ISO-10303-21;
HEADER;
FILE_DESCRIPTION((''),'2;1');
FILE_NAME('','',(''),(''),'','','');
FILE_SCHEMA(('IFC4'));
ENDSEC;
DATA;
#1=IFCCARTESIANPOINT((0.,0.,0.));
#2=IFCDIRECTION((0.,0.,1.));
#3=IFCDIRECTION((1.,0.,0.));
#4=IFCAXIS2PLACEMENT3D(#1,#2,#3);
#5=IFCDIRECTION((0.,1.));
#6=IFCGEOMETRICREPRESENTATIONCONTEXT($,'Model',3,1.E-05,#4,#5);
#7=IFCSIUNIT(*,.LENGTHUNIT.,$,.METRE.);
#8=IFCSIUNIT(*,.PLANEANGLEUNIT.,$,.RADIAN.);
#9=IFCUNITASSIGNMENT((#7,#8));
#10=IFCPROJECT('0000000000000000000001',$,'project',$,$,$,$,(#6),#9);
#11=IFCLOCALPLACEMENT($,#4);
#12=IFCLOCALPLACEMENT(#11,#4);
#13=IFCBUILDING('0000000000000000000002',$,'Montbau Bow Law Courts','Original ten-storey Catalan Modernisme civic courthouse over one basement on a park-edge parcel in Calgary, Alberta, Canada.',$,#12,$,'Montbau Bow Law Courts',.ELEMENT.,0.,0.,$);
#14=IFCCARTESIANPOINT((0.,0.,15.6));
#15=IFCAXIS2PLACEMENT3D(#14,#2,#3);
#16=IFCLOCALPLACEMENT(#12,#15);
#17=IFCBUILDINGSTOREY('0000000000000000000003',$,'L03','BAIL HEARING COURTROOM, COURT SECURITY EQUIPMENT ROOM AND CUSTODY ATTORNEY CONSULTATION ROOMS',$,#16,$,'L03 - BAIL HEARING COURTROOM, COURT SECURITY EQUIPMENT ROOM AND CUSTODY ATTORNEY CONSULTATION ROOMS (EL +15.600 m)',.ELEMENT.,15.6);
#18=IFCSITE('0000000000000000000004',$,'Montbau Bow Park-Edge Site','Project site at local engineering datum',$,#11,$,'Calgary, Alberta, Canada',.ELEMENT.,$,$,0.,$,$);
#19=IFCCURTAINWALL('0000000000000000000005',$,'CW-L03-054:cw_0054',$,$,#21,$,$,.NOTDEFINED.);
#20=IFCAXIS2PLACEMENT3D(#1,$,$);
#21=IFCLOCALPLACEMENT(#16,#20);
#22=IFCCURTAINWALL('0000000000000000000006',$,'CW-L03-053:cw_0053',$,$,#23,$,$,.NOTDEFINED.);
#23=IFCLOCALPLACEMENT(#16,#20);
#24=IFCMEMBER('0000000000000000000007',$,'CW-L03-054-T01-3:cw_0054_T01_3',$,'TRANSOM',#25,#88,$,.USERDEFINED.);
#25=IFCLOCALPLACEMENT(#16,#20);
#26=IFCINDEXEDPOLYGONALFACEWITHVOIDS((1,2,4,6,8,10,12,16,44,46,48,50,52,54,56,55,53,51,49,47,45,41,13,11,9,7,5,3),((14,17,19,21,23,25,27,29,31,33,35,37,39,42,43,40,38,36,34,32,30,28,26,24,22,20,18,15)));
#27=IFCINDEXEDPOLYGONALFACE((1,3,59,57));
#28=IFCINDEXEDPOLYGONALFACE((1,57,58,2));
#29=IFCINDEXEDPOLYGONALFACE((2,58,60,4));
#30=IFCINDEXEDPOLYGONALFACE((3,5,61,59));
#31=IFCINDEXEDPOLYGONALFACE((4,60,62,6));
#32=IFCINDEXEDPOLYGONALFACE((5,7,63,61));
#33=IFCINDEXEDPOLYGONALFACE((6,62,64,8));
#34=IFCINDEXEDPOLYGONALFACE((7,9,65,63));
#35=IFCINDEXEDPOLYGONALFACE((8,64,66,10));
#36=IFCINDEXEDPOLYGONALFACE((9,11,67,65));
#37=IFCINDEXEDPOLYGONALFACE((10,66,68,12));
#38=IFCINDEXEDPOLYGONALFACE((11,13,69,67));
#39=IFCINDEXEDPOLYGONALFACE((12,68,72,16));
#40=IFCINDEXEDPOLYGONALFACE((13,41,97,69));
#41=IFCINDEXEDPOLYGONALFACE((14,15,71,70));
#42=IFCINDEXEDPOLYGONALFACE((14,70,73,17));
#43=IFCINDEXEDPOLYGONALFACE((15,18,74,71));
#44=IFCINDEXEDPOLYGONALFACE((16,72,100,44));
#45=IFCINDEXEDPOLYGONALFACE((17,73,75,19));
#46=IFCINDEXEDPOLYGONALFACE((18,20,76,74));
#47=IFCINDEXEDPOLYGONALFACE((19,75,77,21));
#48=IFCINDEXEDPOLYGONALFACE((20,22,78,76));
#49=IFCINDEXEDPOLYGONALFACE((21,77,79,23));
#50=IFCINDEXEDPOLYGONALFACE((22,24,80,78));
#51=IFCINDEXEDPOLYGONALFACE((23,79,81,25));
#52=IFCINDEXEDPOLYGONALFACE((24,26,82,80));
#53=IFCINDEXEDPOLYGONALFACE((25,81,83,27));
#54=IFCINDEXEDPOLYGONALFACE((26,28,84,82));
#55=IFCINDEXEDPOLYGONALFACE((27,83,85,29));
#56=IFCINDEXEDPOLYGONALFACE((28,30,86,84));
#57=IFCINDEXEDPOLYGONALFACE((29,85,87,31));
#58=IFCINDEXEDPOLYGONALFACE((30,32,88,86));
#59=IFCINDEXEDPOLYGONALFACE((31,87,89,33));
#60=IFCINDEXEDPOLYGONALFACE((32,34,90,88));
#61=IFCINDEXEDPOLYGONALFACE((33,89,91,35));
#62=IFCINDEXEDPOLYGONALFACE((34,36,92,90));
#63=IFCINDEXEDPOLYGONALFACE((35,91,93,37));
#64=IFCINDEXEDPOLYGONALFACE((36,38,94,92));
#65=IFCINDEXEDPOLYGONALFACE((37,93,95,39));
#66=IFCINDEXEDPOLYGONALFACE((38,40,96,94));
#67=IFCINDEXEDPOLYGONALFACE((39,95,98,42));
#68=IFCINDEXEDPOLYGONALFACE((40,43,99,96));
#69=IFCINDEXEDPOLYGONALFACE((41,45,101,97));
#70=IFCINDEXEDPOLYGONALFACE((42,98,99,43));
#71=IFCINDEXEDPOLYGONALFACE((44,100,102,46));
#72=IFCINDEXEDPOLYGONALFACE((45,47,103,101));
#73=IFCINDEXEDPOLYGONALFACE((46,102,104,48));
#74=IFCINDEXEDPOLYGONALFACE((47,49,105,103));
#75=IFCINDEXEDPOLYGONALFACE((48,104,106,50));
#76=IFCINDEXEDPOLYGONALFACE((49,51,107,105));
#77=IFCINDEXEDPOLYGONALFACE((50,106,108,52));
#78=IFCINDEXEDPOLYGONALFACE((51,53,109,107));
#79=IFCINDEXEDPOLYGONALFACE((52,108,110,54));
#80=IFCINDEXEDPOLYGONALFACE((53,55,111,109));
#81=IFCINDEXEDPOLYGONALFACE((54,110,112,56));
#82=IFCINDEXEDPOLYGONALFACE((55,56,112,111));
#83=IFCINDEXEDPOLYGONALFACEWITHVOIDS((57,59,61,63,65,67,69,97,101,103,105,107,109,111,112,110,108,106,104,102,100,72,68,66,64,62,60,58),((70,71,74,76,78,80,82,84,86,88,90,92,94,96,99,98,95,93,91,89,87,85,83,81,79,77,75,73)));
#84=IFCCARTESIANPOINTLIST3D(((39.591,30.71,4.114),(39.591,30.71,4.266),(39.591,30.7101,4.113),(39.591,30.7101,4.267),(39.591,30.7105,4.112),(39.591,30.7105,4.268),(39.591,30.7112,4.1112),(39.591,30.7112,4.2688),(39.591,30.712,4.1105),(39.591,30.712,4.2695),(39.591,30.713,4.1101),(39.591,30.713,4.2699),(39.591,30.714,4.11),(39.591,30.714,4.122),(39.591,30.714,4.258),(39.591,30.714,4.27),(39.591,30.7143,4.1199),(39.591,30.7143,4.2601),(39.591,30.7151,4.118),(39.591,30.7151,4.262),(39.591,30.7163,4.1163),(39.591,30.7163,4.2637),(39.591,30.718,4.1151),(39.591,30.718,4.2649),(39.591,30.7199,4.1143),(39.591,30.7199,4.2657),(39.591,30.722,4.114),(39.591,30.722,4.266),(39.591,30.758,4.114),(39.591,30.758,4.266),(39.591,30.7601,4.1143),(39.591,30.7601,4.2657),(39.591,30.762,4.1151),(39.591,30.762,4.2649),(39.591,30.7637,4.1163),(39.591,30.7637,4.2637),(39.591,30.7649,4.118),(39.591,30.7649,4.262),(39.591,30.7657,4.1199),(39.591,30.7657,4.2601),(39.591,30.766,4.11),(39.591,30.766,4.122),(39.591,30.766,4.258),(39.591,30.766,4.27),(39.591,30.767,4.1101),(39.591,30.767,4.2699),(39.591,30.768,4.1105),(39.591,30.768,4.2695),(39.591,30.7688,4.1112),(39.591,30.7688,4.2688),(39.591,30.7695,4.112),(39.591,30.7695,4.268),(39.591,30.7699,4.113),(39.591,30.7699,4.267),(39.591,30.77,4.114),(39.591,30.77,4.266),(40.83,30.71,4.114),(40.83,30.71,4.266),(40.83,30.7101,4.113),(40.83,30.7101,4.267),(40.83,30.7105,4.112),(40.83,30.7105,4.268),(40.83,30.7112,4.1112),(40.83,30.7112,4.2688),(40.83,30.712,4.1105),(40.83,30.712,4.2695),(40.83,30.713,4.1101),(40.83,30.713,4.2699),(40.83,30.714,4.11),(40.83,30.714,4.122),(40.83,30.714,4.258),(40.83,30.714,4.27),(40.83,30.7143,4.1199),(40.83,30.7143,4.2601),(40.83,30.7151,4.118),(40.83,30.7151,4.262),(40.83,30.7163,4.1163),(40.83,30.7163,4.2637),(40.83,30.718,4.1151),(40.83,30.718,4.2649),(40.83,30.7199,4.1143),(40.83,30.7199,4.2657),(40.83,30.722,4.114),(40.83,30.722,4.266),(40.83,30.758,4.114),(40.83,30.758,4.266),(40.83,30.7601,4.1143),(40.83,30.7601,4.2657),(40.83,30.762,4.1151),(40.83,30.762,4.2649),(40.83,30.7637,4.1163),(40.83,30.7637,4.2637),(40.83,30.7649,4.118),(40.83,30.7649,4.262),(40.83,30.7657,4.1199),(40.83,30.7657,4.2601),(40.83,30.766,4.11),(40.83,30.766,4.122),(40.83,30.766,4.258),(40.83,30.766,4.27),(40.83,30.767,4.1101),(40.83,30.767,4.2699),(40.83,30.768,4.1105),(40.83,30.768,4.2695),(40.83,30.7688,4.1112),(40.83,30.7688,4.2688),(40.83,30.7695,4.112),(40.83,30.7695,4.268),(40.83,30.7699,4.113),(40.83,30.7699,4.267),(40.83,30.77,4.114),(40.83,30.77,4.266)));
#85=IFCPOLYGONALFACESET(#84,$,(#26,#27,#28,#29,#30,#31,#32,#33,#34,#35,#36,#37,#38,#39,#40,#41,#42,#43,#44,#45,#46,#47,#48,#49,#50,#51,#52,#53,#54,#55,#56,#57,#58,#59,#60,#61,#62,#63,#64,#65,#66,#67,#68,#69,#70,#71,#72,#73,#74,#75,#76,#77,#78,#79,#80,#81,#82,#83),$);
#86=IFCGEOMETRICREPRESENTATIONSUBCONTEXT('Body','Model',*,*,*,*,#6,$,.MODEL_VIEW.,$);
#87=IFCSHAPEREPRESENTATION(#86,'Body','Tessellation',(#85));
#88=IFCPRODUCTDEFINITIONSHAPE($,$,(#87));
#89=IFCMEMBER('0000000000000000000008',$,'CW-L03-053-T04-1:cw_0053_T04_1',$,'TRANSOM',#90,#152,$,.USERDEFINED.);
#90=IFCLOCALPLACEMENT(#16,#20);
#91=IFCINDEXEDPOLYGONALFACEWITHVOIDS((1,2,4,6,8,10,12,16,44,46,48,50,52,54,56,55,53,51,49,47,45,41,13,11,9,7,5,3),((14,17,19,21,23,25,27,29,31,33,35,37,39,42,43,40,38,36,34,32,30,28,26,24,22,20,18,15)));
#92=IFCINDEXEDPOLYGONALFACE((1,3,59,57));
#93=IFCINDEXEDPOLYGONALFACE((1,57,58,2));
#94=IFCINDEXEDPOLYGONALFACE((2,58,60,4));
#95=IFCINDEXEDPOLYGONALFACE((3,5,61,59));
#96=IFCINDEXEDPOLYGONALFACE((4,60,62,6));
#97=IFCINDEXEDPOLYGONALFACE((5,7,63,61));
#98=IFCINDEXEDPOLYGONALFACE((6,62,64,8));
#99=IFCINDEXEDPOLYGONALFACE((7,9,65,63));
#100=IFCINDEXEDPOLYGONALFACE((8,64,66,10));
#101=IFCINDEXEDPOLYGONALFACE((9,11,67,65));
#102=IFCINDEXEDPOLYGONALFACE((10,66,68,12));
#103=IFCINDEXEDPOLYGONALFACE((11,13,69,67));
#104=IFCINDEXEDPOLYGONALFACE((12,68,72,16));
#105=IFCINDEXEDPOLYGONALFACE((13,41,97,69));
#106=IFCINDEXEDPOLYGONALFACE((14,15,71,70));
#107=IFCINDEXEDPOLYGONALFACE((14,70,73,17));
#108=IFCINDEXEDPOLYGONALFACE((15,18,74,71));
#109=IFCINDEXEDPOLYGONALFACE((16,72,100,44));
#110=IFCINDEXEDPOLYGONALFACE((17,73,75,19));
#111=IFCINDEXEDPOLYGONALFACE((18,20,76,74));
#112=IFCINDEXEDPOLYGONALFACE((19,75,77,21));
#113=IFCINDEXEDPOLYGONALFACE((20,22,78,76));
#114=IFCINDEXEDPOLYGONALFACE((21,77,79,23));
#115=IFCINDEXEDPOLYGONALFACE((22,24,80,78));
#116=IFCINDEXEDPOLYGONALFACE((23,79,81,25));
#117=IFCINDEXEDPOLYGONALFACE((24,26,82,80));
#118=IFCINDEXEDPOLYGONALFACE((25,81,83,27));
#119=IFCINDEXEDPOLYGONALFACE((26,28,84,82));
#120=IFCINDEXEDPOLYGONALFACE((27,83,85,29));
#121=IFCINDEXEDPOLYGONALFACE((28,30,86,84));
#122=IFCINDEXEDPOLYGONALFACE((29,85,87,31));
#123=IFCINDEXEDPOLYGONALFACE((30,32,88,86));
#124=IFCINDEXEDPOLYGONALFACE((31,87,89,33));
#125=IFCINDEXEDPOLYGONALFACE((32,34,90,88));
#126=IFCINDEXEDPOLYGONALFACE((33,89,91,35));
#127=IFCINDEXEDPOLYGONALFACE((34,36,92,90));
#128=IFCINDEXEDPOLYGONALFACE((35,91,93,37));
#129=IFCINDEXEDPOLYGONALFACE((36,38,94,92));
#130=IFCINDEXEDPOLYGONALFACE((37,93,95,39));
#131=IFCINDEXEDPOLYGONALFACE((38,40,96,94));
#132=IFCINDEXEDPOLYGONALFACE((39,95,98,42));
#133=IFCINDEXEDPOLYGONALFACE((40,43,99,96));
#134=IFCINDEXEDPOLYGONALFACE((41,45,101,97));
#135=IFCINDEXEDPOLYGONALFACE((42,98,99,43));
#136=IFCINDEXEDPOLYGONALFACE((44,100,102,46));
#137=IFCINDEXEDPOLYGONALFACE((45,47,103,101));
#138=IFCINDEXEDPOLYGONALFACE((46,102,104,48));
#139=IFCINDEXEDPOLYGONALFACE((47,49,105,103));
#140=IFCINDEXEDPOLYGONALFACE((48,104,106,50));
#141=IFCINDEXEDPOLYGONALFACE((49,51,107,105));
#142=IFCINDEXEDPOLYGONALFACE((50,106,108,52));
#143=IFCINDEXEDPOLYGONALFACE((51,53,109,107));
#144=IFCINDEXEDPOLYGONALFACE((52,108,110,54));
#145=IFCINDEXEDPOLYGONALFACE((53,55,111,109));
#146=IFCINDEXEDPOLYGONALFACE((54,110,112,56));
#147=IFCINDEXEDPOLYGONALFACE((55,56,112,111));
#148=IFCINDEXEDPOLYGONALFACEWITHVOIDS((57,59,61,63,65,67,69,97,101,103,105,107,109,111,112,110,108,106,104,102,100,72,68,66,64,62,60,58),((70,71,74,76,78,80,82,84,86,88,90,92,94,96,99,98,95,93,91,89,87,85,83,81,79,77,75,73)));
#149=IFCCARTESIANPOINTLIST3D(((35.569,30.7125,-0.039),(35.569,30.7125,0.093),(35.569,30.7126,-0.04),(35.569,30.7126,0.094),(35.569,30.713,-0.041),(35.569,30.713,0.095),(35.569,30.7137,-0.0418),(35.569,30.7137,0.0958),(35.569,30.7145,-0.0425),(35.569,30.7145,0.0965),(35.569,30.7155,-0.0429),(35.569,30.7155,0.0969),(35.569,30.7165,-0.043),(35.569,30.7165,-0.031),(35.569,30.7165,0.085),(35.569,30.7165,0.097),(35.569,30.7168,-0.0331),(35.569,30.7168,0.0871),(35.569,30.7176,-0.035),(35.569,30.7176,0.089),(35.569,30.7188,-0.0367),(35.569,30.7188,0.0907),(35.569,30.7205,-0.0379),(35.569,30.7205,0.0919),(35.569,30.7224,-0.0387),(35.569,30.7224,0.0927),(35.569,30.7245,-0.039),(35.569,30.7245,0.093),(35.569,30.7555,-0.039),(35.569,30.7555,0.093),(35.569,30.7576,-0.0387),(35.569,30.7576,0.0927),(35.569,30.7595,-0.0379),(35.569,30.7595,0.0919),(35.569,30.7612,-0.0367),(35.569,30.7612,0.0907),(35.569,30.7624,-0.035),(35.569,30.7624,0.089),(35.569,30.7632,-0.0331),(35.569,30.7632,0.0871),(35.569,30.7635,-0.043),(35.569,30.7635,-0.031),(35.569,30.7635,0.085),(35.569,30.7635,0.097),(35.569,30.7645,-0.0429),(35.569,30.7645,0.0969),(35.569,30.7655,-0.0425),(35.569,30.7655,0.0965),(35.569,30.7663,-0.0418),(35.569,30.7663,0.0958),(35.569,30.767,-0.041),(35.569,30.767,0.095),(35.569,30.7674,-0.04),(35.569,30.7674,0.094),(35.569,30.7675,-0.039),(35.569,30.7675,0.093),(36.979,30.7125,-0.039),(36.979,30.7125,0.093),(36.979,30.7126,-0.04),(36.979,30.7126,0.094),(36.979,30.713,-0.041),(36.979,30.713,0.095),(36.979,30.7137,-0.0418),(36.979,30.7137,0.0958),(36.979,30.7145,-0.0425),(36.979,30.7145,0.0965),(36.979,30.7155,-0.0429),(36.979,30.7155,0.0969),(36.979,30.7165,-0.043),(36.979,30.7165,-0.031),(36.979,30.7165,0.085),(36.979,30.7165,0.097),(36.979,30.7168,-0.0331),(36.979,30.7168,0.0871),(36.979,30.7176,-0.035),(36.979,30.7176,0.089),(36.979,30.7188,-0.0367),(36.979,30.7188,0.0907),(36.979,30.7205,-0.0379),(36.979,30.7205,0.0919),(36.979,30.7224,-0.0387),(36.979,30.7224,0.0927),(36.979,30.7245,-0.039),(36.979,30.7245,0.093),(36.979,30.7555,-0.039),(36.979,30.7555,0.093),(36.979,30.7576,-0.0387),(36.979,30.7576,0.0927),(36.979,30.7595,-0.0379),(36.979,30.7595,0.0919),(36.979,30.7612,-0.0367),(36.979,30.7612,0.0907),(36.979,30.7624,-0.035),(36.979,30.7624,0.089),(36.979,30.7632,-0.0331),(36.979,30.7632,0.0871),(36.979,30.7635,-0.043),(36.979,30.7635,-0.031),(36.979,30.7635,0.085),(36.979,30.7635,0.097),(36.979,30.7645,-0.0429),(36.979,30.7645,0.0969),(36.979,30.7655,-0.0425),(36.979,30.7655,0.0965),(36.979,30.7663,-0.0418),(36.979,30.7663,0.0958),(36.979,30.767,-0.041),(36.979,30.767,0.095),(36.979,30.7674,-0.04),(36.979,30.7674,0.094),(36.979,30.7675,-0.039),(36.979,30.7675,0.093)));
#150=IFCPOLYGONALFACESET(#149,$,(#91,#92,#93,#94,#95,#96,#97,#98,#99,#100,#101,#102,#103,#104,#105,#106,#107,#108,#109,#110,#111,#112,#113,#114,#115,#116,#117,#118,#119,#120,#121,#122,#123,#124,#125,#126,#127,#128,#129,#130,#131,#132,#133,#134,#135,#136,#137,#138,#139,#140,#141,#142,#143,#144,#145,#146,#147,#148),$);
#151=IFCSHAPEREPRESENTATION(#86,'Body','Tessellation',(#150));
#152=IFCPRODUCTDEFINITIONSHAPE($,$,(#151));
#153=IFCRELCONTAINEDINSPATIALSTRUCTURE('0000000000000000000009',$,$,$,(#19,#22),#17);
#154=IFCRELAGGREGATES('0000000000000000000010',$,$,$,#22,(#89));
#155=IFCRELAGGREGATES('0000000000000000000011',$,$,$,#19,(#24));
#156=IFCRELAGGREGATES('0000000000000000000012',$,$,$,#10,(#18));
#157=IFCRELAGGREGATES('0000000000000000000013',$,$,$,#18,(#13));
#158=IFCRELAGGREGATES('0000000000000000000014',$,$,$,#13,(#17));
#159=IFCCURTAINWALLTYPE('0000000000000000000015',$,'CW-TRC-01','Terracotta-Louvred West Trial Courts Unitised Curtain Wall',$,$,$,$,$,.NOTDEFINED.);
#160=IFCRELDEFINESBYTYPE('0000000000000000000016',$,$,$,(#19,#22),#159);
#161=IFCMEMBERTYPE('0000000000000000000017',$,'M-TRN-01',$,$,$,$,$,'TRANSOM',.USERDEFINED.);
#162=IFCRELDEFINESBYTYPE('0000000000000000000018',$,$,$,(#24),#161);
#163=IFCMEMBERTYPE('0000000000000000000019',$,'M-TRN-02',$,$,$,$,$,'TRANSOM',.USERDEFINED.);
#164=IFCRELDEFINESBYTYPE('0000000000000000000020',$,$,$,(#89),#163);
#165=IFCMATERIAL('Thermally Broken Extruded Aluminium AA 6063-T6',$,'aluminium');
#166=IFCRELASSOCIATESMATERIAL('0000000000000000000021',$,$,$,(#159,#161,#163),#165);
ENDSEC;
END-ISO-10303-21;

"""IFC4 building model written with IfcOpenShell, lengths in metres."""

from ifc_helpers import new_model, si_unit, direction, frame, origin_with_axes, origin_2d_with_axis, place, context, subcontext, project, spatial, hollow_rectangle, extrude, material, material_profile, profile_set, type_object, element, aggregate, save


model = new_model("IFC4")

# Units and contexts
model_context = context("Model", 3, precision=1e-05, world=origin_with_axes(), true_north=direction((0.0, 1.0)))
body_context = subcontext(model_context, "Body", "Model", "MODEL_VIEW")
ifc_project = project(units=[si_unit("LENGTHUNIT", "METRE"), si_unit("PLANEANGLEUNIT", "RADIAN")], contexts=[model_context])

# Site, building, storey
site_placement = place(None, origin_with_axes())
site = spatial("IfcSite", under=ifc_project, at=site_placement, Name="Montbau Bow Park-Edge Site", Description="Project site at local engineering datum", LongName="Calgary, Alberta, Canada", CompositionType="ELEMENT", RefElevation=0.0)
building_placement = place(site_placement, origin_with_axes())
building = spatial("IfcBuilding", under=site, at=building_placement, Name="Montbau Bow Law Courts", Description="Original ten-storey Catalan Modernisme civic courthouse over one basement on a park-edge parcel in Calgary, Alberta, Canada.", LongName="Montbau Bow Law Courts", CompositionType="ELEMENT", ElevationOfRefHeight=0.0, ElevationOfTerrain=0.0)
storey_placement = place(building_placement, frame((0.0, 0.0, 15.6), z_axis=(0.0, 0.0, 1.0), x_axis=(1.0, 0.0, 0.0)))
storey = spatial("IfcBuildingStorey", under=building, at=storey_placement, Name="L03", Description="BAIL HEARING COURTROOM, COURT SECURITY EQUIPMENT ROOM AND CUSTODY ATTORNEY CONSULTATION ROOMS", LongName="L03 - BAIL HEARING COURTROOM, COURT SECURITY EQUIPMENT ROOM AND CUSTODY ATTORNEY CONSULTATION ROOMS (EL +15.600 m)", CompositionType="ELEMENT", Elevation=15.6)

# Curtain wall
ifc_material_1 = material(Name="Thermally Broken Extruded Aluminium AA 6063-T6", Category="aluminium")
curtain_wall_type = type_object("IfcCurtainWallType", Name="CW-TRC-01", Description="Terracotta-Louvred West Trial Courts Unitised Curtain Wall", PredefinedType="NOTDEFINED", material=ifc_material_1)
curtain_wall_1_placement = place(None, frame((39.515, 30.74, 15.6), z_axis=(0.0, 0.0, 1.0), x_axis=(1.0, 0.0, 0.0)))
curtain_wall_1 = element("IfcCurtainWall", 1, at=curtain_wall_1_placement, inside=storey, type_object=curtain_wall_type, Name="CW-L03-054:cw_0054", PredefinedType="NOTDEFINED")

# Curtain wall
curtain_wall_2_placement = place(None, frame((31.115, 30.74, 15.6), z_axis=(0.0, 0.0, 1.0), x_axis=(1.0, 0.0, 0.0)))
curtain_wall_2 = element("IfcCurtainWall", 2, at=curtain_wall_2_placement, inside=storey, type_object=curtain_wall_type, Name="CW-L03-053:cw_0053", PredefinedType="NOTDEFINED")

# Members
ifc_material_profile_1 = material_profile(ifc_material_1, hollow_rectangle(XDim=0.06, YDim=0.16, WallThickness=0.004, InnerFilletRadius=0.008, OuterFilletRadius=0.004, at=origin_2d_with_axis()), Name="CWT-160X60", Category="Main", Priority=0)
ifc_profile_set_1 = profile_set([ifc_material_profile_1], Name="Thermally Broken Extruded Aluminium AA 6063-T6")
member_type_1 = type_object("IfcMemberType", Name="M-TRN-01", ElementType="TRANSOM", PredefinedType="USERDEFINED", material=ifc_profile_set_1)
member_1_placement = place(None, frame((39.591, 30.74, 19.79), z_axis=(1.0, 0.0, 0.0), x_axis=(0.0, 1.0, 0.0)))
member_1 = element("IfcMember", 3, at=member_1_placement, type_object=member_type_1, Name="CW-L03-054-T01-3:cw_0054_T01_3", ObjectType="TRANSOM", PredefinedType="USERDEFINED", context=body_context, shape_type="SweptSolid", body=[
    extrude(hollow_rectangle(XDim=0.06, YDim=0.16, WallThickness=0.004, InnerFilletRadius=0.008, OuterFilletRadius=0.004, at=origin_2d_with_axis()), origin_with_axes(), (0.0, 0.0, 1.0), 1.239),
])
ifc_material_profile_2 = material_profile(ifc_material_1, hollow_rectangle(XDim=0.055, YDim=0.14, WallThickness=0.004, InnerFilletRadius=0.008, OuterFilletRadius=0.004, at=origin_2d_with_axis()), Name="CWT-140X55", Category="Main", Priority=0)
ifc_profile_set_2 = profile_set([ifc_material_profile_2], Name="Thermally Broken Extruded Aluminium AA 6063-T6")
member_type_2 = type_object("IfcMemberType", Name="M-TRN-02", ElementType="TRANSOM", PredefinedType="USERDEFINED", material=ifc_profile_set_2)
member_2_placement = place(None, frame((35.569, 30.74, 15.627), z_axis=(1.0, 0.0, 0.0), x_axis=(0.0, 1.0, 0.0)))
member_2 = element("IfcMember", 4, at=member_2_placement, type_object=member_type_2, Name="CW-L03-053-T04-1:cw_0053_T04_1", ObjectType="TRANSOM", PredefinedType="USERDEFINED", context=body_context, shape_type="SweptSolid", body=[
    extrude(hollow_rectangle(XDim=0.055, YDim=0.14, WallThickness=0.004, InnerFilletRadius=0.008, OuterFilletRadius=0.004, at=origin_2d_with_axis()), origin_with_axes(), (0.0, 0.0, 1.0), 1.41),
])

aggregate(curtain_wall_2, [member_2])
aggregate(curtain_wall_1, [member_1])

save(model, "model.ifc")
